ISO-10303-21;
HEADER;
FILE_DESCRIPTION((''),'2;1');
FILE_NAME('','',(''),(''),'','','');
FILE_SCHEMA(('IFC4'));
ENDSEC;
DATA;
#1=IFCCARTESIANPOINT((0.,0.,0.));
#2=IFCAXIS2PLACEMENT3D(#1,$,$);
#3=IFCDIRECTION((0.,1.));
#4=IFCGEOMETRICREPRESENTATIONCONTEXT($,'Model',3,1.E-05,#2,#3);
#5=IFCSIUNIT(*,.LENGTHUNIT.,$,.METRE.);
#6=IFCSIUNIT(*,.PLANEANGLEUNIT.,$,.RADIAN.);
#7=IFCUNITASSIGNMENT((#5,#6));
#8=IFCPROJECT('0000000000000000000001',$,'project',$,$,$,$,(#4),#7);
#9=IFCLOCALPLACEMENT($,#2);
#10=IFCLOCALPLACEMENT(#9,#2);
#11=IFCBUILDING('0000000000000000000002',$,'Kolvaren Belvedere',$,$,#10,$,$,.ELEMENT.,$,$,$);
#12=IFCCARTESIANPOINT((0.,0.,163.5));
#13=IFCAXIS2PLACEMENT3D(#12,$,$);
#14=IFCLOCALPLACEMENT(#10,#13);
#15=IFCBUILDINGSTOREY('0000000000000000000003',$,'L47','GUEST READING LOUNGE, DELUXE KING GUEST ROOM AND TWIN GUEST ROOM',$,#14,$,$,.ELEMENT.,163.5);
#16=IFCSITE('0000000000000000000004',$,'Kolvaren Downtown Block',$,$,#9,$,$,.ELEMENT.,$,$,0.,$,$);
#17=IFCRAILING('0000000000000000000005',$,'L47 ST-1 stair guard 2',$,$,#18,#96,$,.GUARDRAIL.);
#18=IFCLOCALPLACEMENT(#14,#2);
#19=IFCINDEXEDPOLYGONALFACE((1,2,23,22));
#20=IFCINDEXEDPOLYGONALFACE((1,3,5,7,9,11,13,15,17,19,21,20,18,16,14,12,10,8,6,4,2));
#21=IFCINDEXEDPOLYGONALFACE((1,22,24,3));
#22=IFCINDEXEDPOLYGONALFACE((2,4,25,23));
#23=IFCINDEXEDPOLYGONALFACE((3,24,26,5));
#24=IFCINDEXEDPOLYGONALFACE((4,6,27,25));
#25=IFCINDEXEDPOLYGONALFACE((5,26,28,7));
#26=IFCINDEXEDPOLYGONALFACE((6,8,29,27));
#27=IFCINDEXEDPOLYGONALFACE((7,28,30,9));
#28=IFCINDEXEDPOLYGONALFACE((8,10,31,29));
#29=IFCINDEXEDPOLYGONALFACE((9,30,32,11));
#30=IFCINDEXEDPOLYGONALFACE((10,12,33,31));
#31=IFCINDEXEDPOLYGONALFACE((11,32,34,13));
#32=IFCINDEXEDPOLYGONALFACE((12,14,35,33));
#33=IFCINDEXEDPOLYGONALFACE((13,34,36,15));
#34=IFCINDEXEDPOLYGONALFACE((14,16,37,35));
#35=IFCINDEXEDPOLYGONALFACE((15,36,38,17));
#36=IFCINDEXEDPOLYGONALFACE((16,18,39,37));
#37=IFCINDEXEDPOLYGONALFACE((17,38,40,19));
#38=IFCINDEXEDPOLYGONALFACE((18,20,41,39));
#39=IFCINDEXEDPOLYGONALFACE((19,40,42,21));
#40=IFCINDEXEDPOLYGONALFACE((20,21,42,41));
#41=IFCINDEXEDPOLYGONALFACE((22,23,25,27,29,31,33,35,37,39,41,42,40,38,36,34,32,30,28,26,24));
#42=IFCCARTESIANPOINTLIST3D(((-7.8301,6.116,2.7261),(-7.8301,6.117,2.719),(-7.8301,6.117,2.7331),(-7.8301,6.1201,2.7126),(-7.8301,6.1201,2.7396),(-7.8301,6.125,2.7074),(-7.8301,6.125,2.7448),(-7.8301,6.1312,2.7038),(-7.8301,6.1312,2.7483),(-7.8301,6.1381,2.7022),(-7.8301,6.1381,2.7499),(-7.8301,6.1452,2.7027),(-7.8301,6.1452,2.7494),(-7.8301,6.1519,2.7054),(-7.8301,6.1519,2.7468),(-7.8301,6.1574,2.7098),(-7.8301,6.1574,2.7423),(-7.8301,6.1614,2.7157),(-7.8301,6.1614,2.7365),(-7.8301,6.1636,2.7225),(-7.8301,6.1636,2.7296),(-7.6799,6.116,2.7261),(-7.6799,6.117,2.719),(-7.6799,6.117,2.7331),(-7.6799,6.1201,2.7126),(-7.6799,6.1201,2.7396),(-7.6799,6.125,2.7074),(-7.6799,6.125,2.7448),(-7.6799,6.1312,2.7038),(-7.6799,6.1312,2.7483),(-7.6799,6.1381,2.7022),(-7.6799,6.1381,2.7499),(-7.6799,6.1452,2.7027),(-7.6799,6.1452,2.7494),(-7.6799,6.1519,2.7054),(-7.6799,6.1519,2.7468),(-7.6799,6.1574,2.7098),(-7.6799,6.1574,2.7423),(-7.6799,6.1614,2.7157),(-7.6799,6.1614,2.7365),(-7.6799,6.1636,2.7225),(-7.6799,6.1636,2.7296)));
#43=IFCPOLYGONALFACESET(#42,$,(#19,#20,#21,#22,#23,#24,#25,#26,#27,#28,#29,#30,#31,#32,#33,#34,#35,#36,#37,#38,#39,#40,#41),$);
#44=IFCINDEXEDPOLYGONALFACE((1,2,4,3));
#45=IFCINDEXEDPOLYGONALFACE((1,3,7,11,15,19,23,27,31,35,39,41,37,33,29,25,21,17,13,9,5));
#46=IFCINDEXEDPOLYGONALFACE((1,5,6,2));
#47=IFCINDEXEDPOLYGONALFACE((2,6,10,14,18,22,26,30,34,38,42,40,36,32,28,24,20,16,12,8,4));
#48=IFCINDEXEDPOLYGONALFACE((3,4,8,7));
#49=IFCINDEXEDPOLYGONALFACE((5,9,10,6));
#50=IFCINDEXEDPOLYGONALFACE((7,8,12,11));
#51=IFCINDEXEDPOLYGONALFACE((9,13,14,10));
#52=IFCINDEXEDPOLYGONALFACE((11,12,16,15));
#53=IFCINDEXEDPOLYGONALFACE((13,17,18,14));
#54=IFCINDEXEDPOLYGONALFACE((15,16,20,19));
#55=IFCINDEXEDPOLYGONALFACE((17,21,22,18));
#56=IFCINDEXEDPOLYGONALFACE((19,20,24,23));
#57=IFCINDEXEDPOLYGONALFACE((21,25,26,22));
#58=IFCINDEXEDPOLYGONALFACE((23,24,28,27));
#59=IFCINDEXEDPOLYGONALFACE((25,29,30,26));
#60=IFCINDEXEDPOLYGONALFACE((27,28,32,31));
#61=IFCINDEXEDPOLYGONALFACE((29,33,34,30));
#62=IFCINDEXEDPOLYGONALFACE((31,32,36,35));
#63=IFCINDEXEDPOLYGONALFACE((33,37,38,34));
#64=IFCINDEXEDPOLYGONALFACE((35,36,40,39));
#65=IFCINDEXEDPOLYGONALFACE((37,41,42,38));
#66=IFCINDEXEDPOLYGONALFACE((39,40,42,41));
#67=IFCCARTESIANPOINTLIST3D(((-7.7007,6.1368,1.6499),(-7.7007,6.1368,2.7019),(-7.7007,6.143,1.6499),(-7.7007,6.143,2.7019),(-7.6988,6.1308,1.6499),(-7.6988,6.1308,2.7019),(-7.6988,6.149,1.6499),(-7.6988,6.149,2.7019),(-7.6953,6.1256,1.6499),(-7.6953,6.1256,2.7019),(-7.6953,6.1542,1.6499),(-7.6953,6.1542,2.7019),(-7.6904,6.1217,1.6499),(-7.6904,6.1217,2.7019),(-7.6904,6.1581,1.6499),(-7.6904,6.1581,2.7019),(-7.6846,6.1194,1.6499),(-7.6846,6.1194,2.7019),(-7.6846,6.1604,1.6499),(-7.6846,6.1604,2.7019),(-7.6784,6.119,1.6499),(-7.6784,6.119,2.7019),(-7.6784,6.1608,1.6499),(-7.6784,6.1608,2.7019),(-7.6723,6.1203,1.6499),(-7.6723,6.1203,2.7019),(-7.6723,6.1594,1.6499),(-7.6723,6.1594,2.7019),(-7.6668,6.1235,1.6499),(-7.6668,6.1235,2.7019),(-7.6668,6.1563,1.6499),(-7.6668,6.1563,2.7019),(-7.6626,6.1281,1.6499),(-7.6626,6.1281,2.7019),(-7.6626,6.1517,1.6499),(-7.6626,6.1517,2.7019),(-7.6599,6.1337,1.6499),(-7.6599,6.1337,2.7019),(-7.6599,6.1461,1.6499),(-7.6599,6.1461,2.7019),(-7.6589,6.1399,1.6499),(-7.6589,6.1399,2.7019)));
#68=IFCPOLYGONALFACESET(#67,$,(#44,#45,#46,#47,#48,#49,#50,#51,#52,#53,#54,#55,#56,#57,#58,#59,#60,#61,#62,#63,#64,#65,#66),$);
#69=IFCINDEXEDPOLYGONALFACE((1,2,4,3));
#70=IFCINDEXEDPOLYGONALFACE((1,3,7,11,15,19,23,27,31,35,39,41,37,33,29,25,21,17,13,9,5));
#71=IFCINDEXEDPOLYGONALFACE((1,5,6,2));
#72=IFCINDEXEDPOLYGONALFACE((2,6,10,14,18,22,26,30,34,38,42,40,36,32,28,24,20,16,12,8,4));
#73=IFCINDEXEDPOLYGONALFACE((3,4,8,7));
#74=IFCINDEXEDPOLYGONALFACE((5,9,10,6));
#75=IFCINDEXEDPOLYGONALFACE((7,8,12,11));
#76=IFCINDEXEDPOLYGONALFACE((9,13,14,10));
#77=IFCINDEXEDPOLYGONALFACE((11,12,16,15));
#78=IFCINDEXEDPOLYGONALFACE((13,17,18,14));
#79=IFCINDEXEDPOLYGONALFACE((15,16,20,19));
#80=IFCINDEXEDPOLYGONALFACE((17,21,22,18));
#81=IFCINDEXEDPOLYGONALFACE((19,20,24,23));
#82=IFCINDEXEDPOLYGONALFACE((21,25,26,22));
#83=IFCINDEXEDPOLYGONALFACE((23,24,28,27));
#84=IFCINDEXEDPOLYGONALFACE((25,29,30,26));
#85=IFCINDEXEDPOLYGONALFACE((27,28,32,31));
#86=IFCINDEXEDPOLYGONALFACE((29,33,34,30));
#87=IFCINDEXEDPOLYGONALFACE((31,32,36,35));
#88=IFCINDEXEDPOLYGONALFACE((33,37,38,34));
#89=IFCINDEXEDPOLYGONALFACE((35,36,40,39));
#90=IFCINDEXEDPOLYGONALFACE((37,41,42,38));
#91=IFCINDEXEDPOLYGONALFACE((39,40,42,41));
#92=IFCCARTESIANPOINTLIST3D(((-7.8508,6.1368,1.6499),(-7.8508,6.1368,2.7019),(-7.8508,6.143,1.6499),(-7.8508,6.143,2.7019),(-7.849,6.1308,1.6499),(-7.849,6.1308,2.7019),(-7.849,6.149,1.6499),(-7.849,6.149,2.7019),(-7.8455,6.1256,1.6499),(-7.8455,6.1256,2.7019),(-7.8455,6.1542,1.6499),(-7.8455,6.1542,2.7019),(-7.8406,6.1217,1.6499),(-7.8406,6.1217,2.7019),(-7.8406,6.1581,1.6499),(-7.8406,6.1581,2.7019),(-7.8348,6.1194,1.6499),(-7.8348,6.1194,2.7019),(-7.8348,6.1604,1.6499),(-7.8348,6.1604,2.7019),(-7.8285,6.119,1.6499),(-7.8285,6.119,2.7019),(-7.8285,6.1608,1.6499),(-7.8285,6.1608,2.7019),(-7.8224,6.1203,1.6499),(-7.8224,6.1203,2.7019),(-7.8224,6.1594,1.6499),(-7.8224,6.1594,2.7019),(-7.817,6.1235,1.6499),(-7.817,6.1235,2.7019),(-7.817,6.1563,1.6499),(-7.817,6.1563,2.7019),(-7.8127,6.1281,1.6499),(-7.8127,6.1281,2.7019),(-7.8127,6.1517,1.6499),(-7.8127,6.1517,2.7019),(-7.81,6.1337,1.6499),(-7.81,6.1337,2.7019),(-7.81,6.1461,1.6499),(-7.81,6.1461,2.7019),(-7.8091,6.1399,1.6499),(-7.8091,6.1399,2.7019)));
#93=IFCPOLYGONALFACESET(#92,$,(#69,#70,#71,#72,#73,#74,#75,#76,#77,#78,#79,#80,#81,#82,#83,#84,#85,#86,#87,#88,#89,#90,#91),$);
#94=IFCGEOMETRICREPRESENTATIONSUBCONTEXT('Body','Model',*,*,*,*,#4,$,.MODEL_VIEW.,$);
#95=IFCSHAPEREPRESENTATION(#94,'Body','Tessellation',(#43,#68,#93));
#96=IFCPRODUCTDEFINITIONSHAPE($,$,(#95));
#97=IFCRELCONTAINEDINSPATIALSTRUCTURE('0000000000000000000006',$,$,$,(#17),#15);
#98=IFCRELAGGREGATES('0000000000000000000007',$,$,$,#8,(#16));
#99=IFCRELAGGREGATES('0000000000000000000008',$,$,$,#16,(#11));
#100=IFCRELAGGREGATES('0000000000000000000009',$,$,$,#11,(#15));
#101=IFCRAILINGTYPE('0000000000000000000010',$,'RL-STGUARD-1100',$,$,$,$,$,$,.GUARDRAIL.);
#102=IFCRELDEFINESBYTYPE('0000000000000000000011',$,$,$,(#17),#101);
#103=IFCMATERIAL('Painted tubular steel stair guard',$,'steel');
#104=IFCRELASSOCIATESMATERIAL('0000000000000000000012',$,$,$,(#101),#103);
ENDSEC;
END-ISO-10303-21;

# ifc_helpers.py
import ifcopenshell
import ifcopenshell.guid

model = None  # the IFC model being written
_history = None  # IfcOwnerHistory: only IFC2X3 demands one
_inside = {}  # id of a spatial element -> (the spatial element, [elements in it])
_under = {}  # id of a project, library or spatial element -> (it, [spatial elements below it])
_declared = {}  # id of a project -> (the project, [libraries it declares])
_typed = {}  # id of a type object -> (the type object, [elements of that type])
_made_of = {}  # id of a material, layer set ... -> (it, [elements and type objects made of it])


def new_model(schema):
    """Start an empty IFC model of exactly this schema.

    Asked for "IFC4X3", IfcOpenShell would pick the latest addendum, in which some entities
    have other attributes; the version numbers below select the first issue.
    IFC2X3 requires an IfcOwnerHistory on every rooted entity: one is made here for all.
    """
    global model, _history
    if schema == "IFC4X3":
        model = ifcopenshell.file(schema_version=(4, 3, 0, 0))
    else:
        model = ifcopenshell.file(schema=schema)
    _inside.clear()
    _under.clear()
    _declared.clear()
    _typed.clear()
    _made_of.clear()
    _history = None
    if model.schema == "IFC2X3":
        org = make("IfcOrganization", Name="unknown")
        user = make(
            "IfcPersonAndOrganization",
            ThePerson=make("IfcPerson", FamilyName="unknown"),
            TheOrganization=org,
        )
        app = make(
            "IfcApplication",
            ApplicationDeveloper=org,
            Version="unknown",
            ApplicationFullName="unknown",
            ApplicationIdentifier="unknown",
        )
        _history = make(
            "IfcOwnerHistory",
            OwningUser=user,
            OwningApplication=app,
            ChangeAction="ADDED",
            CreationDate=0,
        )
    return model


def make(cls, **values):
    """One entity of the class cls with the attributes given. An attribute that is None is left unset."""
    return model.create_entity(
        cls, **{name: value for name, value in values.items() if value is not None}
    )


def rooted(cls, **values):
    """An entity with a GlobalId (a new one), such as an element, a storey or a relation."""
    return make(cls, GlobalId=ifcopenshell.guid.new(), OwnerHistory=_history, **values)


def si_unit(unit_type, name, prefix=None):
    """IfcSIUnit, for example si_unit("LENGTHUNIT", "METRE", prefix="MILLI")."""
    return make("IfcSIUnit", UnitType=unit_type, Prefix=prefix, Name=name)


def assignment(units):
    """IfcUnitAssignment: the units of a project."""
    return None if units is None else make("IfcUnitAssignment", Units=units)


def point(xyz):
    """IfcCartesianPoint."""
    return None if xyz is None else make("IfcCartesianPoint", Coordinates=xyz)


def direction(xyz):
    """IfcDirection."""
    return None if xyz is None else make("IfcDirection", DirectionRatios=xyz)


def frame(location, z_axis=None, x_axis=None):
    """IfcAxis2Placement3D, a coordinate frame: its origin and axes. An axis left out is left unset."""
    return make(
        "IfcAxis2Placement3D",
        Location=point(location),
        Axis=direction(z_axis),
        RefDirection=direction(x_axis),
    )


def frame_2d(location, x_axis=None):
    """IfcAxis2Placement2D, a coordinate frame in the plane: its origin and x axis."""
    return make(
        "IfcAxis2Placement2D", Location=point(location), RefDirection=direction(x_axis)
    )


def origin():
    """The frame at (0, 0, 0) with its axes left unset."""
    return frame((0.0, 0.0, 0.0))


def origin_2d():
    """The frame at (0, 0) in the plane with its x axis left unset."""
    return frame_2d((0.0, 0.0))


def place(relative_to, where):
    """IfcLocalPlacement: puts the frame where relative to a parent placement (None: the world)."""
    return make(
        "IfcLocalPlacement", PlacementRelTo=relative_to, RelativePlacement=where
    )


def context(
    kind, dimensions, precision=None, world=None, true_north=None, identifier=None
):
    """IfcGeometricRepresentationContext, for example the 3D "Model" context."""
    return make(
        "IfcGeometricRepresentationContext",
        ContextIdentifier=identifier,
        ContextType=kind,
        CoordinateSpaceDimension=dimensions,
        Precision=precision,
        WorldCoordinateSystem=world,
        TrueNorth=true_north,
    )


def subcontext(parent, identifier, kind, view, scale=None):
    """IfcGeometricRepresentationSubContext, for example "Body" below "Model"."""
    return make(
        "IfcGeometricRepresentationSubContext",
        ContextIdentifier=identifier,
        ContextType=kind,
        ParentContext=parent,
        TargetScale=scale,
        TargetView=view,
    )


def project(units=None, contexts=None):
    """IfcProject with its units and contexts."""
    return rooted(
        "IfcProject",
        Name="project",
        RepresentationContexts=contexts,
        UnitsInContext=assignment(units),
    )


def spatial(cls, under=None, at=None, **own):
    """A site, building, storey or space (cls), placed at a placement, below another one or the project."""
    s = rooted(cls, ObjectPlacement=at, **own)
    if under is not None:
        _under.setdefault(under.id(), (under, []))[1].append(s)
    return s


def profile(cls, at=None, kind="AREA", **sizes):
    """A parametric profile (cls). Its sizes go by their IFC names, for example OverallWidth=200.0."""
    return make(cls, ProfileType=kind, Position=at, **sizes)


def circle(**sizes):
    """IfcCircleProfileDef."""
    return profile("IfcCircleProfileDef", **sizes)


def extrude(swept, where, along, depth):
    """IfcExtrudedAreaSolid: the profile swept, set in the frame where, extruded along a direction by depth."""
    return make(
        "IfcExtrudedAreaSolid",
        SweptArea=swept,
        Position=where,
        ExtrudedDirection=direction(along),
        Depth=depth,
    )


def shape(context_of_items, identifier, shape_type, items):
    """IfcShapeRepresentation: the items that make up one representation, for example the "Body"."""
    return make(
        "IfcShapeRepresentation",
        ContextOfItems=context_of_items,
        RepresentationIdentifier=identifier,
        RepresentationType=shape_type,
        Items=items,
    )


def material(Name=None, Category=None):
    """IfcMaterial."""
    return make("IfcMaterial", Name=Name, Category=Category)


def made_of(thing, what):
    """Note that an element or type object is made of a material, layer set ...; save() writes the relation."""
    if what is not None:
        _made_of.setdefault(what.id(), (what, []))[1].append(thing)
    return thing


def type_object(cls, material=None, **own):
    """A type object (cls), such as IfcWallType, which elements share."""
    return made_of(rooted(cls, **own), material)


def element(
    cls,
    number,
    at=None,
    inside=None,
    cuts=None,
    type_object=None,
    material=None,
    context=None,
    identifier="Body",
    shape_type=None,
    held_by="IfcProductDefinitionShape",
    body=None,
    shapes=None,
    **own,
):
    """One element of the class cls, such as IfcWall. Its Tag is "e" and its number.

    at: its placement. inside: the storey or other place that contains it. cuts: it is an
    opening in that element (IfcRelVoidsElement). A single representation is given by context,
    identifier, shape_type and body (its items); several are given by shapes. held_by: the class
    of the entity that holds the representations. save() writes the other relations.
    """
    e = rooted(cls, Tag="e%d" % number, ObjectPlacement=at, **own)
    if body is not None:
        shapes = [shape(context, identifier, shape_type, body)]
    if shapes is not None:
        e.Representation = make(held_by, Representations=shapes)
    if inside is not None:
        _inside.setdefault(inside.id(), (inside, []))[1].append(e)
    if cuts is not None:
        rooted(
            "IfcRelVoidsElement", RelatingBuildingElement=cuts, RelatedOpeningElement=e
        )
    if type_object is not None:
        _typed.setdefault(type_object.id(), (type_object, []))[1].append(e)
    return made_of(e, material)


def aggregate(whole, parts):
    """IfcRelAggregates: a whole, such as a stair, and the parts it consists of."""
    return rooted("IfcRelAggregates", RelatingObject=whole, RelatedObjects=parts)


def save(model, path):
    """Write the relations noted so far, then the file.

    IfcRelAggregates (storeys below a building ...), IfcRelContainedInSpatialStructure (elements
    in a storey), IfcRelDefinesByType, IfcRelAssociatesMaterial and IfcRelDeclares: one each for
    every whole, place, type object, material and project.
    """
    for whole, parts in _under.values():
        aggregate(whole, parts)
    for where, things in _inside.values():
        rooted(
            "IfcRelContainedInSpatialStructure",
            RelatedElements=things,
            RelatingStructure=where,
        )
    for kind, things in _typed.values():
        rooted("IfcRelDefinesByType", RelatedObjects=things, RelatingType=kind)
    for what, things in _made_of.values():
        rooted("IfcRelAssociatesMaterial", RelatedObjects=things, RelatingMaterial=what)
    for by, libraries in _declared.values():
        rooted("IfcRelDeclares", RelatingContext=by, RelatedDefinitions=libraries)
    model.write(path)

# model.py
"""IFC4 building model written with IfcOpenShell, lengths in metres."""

from ifc_helpers import new_model, si_unit, direction, frame, origin, origin_2d, place, context, subcontext, project, spatial, circle, extrude, material, type_object, element, save


model = new_model("IFC4")

# Units and contexts
model_context = context("Model", 3, precision=1e-05, world=origin(), true_north=direction((0.0, 1.0)))
body_context = subcontext(model_context, "Body", "Model", "MODEL_VIEW")
ifc_project = project(units=[si_unit("LENGTHUNIT", "METRE"), si_unit("PLANEANGLEUNIT", "RADIAN")], contexts=[model_context])

# Site, building, storey
site_placement = place(None, origin())
site = spatial("IfcSite", under=ifc_project, at=site_placement, Name="Kolvaren Downtown Block", CompositionType="ELEMENT", RefElevation=0.0)
building_placement = place(site_placement, origin())
building = spatial("IfcBuilding", under=site, at=building_placement, Name="Kolvaren Belvedere", CompositionType="ELEMENT")
storey_placement = place(building_placement, frame((0.0, 0.0, 163.5)))
storey = spatial("IfcBuildingStorey", under=building, at=storey_placement, Name="L47", Description="GUEST READING LOUNGE, DELUXE KING GUEST ROOM AND TWIN GUEST ROOM", CompositionType="ELEMENT", Elevation=163.5)

# Railing
ifc_material_1 = material(Name="Painted tubular steel stair guard", Category="steel")
railing_type_1 = type_object("IfcRailingType", Name="RL-STGUARD-1100", PredefinedType="GUARDRAIL", material=ifc_material_1)
railing_1_placement = place(storey_placement, frame((-7.6799, 6.1399, 1.6499)))
element("IfcRailing", 1, at=railing_1_placement, inside=storey, type_object=railing_type_1, Name="L47 ST-1 stair guard 2", PredefinedType="GUARDRAIL", context=body_context, shape_type="SweptSolid", body=[
    extrude(circle(Radius=0.0239, at=origin_2d()), frame((0.0, 0.0, 1.0762), z_axis=(-1.0, 0.0, 0.0), x_axis=(0.0, -1.0, 0.0)), (0.0, 0.0, 1.0), 0.1501),
    extrude(circle(Radius=0.021, at=origin_2d()), origin(), (0.0, 0.0, 1.0), 1.052),
    extrude(circle(Radius=0.021, at=origin_2d()), frame((-0.1501, 0.0, 0.0)), (0.0, 0.0, 1.0), 1.052),
])

save(model, "model.ifc")
